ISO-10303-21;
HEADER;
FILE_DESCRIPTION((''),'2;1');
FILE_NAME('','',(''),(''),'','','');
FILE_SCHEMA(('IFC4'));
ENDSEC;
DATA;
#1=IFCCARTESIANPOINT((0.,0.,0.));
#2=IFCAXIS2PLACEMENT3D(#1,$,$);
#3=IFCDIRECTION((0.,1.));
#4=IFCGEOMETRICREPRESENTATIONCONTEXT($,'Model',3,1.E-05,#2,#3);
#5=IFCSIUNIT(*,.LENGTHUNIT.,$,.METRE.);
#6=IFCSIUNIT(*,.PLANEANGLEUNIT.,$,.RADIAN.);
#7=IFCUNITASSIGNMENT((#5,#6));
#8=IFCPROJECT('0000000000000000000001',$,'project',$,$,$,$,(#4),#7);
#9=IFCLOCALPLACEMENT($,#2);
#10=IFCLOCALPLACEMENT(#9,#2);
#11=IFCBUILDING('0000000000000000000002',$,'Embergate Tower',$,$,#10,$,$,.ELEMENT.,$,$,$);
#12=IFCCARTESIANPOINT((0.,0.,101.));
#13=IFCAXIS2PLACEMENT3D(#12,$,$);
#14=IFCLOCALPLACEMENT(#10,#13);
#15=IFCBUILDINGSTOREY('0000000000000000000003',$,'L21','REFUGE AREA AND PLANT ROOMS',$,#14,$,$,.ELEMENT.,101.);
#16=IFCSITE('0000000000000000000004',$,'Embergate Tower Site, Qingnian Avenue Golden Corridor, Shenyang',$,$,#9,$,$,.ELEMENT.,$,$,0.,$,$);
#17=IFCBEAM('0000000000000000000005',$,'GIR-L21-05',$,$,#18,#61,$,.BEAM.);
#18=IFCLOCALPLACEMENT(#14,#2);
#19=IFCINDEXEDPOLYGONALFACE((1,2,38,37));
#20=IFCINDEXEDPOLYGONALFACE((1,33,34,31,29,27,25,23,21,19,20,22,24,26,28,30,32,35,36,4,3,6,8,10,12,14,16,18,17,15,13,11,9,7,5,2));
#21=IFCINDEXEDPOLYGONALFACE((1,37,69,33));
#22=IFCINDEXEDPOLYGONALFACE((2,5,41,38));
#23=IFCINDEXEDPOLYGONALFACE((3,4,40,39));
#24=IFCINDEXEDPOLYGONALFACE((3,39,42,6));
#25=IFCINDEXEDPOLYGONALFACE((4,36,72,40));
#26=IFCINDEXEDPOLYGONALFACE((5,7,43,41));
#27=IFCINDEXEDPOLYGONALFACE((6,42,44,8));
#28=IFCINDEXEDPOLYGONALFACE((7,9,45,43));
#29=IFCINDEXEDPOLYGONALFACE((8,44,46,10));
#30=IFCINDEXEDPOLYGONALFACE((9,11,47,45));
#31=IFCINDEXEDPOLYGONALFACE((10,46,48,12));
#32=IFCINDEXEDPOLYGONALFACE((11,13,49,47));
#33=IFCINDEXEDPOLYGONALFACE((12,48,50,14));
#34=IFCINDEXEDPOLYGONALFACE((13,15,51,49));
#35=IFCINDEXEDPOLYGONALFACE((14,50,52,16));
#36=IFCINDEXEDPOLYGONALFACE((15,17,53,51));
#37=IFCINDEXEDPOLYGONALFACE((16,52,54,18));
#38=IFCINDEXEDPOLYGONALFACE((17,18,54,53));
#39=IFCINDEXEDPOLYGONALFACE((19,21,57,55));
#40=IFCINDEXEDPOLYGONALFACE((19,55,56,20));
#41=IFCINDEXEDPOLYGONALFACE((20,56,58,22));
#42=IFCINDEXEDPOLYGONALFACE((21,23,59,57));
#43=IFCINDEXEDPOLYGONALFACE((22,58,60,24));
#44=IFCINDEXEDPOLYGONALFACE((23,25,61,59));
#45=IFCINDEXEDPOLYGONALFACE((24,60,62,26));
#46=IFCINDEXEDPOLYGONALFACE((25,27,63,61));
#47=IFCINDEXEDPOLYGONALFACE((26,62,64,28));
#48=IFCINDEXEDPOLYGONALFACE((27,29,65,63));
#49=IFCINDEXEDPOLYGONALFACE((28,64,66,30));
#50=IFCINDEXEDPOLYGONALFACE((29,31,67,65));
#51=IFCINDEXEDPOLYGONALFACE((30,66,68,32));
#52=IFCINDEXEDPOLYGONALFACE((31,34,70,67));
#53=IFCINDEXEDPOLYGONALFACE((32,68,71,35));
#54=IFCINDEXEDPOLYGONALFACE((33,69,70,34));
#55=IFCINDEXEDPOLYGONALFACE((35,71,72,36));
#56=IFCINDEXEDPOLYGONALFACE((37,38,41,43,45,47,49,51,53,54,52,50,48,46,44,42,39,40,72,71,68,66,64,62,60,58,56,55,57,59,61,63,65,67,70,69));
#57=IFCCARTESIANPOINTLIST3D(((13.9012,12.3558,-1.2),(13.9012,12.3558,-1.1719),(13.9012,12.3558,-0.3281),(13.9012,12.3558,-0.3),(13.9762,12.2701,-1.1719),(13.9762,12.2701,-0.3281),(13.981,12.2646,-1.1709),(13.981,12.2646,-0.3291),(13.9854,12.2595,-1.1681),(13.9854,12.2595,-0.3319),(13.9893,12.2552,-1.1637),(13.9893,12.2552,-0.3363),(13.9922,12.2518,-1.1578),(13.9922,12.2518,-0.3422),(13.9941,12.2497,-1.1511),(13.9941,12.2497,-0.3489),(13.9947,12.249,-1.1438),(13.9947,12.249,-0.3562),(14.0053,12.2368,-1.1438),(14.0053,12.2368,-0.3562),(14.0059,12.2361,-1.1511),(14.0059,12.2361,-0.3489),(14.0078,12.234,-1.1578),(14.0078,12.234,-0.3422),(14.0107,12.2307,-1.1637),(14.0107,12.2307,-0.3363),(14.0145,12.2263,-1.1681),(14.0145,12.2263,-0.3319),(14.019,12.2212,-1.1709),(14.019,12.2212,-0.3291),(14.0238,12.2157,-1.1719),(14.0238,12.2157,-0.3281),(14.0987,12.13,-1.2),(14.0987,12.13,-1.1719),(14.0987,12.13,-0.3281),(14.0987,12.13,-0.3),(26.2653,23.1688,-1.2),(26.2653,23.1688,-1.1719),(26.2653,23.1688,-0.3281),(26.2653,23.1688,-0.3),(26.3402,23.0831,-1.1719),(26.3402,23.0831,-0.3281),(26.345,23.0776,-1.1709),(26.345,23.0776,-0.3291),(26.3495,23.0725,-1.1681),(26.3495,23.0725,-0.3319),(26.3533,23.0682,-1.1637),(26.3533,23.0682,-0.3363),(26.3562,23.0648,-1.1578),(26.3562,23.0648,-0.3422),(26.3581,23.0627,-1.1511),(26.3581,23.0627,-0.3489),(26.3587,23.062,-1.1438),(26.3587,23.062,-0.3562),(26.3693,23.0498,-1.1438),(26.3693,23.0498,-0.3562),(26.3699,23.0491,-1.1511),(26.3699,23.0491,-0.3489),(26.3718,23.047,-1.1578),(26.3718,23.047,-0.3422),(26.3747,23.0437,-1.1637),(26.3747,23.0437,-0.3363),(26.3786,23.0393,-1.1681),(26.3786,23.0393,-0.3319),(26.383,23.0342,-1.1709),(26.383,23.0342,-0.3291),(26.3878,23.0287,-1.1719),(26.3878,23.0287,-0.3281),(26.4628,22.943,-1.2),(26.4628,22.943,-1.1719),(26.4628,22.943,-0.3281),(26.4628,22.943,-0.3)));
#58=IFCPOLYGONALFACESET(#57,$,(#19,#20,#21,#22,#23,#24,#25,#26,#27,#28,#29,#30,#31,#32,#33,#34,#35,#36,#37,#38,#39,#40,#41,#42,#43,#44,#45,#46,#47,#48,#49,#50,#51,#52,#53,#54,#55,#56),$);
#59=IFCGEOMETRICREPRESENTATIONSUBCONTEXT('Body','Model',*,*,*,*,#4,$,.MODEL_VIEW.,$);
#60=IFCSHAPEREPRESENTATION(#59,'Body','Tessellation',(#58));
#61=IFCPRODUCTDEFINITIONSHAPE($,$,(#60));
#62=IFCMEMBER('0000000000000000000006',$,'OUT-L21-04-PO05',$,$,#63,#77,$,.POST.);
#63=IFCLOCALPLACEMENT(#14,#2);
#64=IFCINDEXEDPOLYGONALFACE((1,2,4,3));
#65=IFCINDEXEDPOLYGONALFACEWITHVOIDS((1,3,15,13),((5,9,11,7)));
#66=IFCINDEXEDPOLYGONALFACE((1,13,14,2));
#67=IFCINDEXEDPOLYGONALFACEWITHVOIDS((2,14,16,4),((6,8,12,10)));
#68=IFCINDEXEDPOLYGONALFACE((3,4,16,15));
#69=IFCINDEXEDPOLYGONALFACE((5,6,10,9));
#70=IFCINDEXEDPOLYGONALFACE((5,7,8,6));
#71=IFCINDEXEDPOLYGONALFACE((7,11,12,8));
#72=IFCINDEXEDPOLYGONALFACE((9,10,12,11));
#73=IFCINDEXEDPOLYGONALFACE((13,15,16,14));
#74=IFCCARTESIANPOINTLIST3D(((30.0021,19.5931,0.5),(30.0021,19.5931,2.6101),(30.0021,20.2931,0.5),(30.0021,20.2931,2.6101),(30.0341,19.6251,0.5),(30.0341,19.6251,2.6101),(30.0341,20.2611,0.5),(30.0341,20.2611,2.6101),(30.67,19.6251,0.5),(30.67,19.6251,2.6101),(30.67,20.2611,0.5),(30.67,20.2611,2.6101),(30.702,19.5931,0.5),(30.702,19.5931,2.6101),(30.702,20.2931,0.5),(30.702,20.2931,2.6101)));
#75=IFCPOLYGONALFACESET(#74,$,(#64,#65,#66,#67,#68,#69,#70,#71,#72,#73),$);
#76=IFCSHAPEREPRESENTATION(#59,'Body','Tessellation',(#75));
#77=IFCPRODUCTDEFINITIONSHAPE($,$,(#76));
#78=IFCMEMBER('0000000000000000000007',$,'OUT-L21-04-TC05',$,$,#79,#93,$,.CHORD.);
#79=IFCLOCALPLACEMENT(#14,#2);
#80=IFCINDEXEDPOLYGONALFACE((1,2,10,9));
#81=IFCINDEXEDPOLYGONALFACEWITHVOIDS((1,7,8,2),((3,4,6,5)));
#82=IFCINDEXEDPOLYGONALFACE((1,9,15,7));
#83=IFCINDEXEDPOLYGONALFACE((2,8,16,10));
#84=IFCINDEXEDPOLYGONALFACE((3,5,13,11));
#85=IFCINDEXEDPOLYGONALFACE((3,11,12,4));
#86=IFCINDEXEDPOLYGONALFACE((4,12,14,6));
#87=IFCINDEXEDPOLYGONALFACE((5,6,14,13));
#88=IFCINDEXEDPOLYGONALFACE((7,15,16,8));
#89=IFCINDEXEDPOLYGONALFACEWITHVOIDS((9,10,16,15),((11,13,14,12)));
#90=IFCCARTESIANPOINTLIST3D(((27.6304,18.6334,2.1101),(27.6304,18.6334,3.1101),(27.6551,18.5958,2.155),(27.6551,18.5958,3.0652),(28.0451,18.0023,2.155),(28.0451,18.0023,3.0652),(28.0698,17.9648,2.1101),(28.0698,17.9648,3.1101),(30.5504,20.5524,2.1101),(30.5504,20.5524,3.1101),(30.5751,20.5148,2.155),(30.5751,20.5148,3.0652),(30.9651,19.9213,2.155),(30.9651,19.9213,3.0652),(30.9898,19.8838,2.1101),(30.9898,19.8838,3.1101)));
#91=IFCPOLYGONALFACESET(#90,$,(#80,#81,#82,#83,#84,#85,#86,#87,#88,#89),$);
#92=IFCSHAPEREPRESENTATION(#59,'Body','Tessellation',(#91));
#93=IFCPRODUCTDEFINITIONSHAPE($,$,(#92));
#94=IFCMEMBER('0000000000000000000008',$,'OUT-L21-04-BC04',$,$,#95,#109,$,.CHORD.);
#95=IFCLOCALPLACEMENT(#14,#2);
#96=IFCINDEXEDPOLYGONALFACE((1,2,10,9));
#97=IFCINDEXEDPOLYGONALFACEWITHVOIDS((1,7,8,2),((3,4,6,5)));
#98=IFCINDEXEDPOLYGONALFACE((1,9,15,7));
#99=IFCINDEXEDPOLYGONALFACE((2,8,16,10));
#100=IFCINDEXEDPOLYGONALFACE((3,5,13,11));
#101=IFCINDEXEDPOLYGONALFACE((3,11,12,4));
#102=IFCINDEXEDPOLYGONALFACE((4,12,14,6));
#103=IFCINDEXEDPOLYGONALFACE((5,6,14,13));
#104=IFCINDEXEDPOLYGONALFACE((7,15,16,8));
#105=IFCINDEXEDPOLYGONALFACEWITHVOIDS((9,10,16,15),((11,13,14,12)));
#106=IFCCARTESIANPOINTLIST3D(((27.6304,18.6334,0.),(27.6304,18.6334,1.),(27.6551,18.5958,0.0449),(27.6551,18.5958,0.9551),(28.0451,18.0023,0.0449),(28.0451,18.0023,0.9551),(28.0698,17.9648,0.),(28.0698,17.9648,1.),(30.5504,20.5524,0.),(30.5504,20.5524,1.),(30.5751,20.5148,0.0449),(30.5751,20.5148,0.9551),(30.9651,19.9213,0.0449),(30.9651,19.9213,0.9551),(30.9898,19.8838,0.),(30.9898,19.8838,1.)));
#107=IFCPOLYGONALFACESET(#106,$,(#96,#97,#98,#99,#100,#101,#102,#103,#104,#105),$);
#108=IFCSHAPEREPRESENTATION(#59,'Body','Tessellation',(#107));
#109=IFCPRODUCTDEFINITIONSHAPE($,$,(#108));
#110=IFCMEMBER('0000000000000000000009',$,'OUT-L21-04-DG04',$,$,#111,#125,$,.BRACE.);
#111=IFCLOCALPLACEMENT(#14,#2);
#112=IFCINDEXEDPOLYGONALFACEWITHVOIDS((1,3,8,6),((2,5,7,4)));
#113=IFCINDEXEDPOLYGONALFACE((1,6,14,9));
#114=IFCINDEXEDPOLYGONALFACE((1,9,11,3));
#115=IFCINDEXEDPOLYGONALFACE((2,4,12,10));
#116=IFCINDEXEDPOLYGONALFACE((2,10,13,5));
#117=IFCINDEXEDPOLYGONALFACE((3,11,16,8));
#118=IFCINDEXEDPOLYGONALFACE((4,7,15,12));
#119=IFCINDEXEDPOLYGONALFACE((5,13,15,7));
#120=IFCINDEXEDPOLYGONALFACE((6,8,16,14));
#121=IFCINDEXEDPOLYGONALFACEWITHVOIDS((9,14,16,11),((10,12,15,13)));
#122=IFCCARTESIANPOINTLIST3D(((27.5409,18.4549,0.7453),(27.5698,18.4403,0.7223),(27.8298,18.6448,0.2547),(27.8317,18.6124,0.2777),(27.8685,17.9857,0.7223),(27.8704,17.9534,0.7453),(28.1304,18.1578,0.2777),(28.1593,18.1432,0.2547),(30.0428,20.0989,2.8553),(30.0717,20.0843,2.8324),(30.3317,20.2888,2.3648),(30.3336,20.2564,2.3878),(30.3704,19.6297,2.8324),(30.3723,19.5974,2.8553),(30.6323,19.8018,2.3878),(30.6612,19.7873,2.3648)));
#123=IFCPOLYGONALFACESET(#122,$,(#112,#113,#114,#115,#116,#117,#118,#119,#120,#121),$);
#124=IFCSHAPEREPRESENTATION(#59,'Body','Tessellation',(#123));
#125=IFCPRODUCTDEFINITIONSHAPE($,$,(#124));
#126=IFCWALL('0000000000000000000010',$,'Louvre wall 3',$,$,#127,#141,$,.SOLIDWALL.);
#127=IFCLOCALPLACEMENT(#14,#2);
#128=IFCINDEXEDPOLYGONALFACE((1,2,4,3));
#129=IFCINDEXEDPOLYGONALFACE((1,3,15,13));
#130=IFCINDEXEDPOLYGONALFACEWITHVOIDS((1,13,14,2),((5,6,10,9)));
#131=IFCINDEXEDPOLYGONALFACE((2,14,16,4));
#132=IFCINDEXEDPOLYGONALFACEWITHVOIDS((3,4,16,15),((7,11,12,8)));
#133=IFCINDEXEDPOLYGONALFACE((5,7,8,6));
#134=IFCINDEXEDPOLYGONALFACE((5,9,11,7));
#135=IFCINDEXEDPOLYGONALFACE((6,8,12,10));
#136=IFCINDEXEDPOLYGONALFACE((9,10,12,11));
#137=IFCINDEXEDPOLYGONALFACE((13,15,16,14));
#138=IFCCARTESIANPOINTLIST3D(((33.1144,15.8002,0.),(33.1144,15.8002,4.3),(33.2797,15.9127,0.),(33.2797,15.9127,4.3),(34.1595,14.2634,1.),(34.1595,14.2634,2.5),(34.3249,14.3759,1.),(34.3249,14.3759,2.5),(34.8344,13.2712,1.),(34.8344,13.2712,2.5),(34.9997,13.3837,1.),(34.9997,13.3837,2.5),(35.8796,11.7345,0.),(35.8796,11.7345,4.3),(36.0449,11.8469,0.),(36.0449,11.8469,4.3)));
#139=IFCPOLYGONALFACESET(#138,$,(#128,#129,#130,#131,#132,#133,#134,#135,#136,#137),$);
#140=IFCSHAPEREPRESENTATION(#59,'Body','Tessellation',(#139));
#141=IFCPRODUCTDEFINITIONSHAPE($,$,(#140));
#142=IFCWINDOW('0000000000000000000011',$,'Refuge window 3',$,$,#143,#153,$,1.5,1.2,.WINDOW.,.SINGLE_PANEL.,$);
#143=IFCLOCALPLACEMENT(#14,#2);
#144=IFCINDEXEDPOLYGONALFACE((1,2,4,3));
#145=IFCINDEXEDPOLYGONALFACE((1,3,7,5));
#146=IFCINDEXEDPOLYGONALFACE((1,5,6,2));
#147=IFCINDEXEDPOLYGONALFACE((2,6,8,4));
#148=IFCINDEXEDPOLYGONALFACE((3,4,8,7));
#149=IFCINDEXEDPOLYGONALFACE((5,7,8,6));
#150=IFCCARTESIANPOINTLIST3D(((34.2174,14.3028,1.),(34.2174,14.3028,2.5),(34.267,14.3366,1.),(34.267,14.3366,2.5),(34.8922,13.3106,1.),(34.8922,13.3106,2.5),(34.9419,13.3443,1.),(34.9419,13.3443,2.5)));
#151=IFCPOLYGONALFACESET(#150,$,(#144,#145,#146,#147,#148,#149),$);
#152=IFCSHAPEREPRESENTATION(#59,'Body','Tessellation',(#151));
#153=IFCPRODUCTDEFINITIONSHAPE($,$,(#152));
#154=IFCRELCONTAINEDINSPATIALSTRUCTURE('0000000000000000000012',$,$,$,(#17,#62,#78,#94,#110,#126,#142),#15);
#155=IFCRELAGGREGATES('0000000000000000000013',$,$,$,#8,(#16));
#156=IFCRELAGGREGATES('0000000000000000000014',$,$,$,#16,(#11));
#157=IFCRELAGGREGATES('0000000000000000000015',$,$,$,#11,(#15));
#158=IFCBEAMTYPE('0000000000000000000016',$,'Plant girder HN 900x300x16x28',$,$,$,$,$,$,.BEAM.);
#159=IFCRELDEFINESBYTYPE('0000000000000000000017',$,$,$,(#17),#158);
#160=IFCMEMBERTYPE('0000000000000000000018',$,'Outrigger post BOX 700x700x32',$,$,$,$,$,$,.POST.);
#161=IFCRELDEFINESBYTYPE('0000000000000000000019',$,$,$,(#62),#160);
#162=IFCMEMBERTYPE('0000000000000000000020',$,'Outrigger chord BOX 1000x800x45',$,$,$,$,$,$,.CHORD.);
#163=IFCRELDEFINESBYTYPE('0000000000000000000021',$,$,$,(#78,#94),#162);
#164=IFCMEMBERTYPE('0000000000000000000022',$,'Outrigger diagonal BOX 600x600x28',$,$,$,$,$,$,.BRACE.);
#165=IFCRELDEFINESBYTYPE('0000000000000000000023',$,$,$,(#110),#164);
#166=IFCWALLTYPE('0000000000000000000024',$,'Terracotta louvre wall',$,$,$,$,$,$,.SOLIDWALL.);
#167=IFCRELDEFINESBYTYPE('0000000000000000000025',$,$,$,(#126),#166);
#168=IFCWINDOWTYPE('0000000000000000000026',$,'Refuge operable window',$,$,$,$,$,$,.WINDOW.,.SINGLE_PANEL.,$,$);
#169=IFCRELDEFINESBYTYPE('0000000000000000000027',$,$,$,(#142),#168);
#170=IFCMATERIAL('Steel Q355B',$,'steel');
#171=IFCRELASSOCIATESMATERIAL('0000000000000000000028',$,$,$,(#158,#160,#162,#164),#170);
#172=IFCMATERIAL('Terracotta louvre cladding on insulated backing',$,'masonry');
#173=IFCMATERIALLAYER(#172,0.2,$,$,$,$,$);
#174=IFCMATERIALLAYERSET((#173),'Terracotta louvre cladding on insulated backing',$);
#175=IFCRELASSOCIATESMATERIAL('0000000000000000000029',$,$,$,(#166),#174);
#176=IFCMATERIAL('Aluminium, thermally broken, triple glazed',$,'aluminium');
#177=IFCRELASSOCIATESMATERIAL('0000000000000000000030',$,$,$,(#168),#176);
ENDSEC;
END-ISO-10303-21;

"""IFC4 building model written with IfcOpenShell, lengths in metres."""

from ifc_helpers import new_model, si_unit, direction, frame, frame_2d, origin, origin_2d, place, context, subcontext, project, spatial, rectangle, hollow_rectangle, i_section, extrude, source, transform, mapped, material, layer, layer_set, material_profile, profile_set, type_object, element, fill, save


model = new_model("IFC4")

# Units and contexts
model_context = context("Model", 3, precision=1e-05, world=origin(), true_north=direction((0.0, 1.0)))
body_context = subcontext(model_context, "Body", "Model", "MODEL_VIEW")
ifc_project = project(units=[si_unit("LENGTHUNIT", "METRE"), si_unit("PLANEANGLEUNIT", "RADIAN")], contexts=[model_context])

# Site, building, storey
site_placement = place(None, origin())
site = spatial("IfcSite", under=ifc_project, at=site_placement, Name="Embergate Tower Site, Qingnian Avenue Golden Corridor, Shenyang", CompositionType="ELEMENT", RefElevation=0.0)
building_placement = place(site_placement, origin())
building = spatial("IfcBuilding", under=site, at=building_placement, Name="Embergate Tower", CompositionType="ELEMENT")
storey_placement = place(building_placement, frame((0.0, 0.0, 101.0)))
storey = spatial("IfcBuildingStorey", under=building, at=storey_placement, Name="L21", Description="REFUGE AREA AND PLANT ROOMS", CompositionType="ELEMENT", Elevation=101.0)

# Beam
ifc_material_1 = material(Name="Steel Q355B", Category="steel")
ifc_material_profile_1 = material_profile(ifc_material_1, i_section(OverallWidth=0.3, OverallDepth=0.8999, WebThickness=0.0161, FlangeThickness=0.0281, FilletRadius=0.0281, at=origin_2d()), Name="HN 900x300x16x28")
ifc_profile_set_1 = profile_set([ifc_material_profile_1], Name="Steel Q355 grade B")
beam_type_1 = type_object("IfcBeamType", Name="Plant girder HN 900x300x16x28", PredefinedType="BEAM", material=ifc_profile_set_1)
shared_shape_1 = source(origin(), body_context, "Body", "SweptSolid", [
    extrude(i_section(OverallWidth=0.3, OverallDepth=0.8999, WebThickness=0.0161, FlangeThickness=0.0281, FilletRadius=0.0281, at=origin_2d()), origin(), (0.0, 0.0, 1.0), 16.4253),
])
beam_1_placement = place(storey_placement, frame((26.364, 23.0559, -0.75), z_axis=(-0.752743, -0.658314, 0.0), x_axis=(0.658314, -0.752743, 0.0)))
element("IfcBeam", 1, at=beam_1_placement, inside=storey, type_object=beam_type_1, Name="GIR-L21-05", PredefinedType="BEAM", context=body_context, shape_type="MappedRepresentation", body=[
    mapped(shared_shape_1, transform((0.0, 0.0, 0.0))),
])

# Members
ifc_material_profile_2 = material_profile(ifc_material_1, hollow_rectangle(XDim=0.7, YDim=0.7, WallThickness=0.032, at=origin_2d()), Name="BOX 700x700x32")
ifc_profile_set_2 = profile_set([ifc_material_profile_2], Name="Steel Q355 grade B")
member_type_1 = type_object("IfcMemberType", Name="Outrigger post BOX 700x700x32", PredefinedType="POST", material=ifc_profile_set_2)
shared_shape_2 = source(origin(), body_context, "Body", "SweptSolid", [
    extrude(hollow_rectangle(XDim=0.7, YDim=0.7, WallThickness=0.032, at=origin_2d()), origin(), (0.0, 0.0, 1.0), 2.1101),
])
member_1_placement = place(storey_placement, frame((30.3521, 19.9431, 0.5), z_axis=(0.0, 0.0, 1.0), x_axis=(1.0, 0.0, 0.0)))
element("IfcMember", 2, at=member_1_placement, inside=storey, type_object=member_type_1, Name="OUT-L21-04-PO05", PredefinedType="POST", context=body_context, shape_type="MappedRepresentation", body=[
    mapped(shared_shape_2, transform((0.0, 0.0, 0.0))),
])
ifc_material_profile_3 = material_profile(ifc_material_1, hollow_rectangle(XDim=0.8, YDim=1.0, WallThickness=0.0449, at=origin_2d()), Name="BOX 1000x800x45")
ifc_profile_set_3 = profile_set([ifc_material_profile_3], Name="Steel Q355 grade B")
member_type_2 = type_object("IfcMemberType", Name="Outrigger chord BOX 1000x800x45", PredefinedType="CHORD", material=ifc_profile_set_3)
shared_shape_3 = source(origin(), body_context, "Body", "SweptSolid", [
    extrude(hollow_rectangle(XDim=0.8, YDim=1.0, WallThickness=0.0449, at=origin_2d()), origin(), (0.0, 0.0, 1.0), 3.4941),
])
for number, where, z_axis, x_axis, name in (
    (3, (27.8501, 18.2991, 2.6101), (0.835687, 0.549206, 0.0), (-0.549206, 0.835687, 0.0), "OUT-L21-04-TC05"),
    (4, (27.8501, 18.2991, 0.5), (0.835687, 0.549206, 0.0), (-0.549206, 0.835687, 0.0), "OUT-L21-04-BC04"),
):
    element("IfcMember", number, at=place(storey_placement, frame(where, z_axis=z_axis, x_axis=x_axis)), inside=storey, type_object=member_type_2, Name=name, PredefinedType="CHORD", context=body_context, shape_type="MappedRepresentation", body=[
        mapped(shared_shape_3, transform((0.0, 0.0, 0.0))),
    ])
ifc_material_profile_4 = material_profile(ifc_material_1, hollow_rectangle(XDim=0.6001, YDim=0.6001, WallThickness=0.0281, at=origin_2d()), Name="BOX 600x600x28")
ifc_profile_set_4 = profile_set([ifc_material_profile_4], Name="Steel Q355 grade B")
member_type_3 = type_object("IfcMemberType", Name="Outrigger diagonal BOX 600x600x28", PredefinedType="BRACE", material=ifc_profile_set_4)
shared_shape_4 = source(origin(), body_context, "Body", "SweptSolid", [
    extrude(hollow_rectangle(XDim=0.6001, YDim=0.6001, WallThickness=0.0281, at=origin_2d()), origin(), (0.0, 0.0, 1.0), 3.6626),
])
member_2_placement = place(storey_placement, frame((27.8501, 18.2991, 0.5), z_axis=(0.683094, 0.448864, 0.576111), x_axis=(-0.549155, 0.83572, 0.0)))
element("IfcMember", 5, at=member_2_placement, inside=storey, type_object=member_type_3, Name="OUT-L21-04-DG04", PredefinedType="BRACE", context=body_context, shape_type="MappedRepresentation", body=[
    mapped(shared_shape_4, transform((0.0, 0.0, 0.0))),
])

# Wall, opening, window
ifc_material_2 = material(Name="Terracotta louvre cladding on insulated backing", Category="masonry")
ifc_layer_1 = layer(ifc_material_2, 0.2)
ifc_layer_set_1 = layer_set([ifc_layer_1], Name="Terracotta louvre cladding on insulated backing")
wall_type_1 = type_object("IfcWallType", Name="Terracotta louvre wall", PredefinedType="SOLIDWALL", material=ifc_layer_set_1)
shared_shape_5 = source(origin(), body_context, "Body", "SweptSolid", [
    extrude(rectangle(XDim=4.917, YDim=0.2, at=frame_2d((2.4585, 0.0))), origin(), (0.0, 0.0, 1.0), 4.3),
])
wall_1_placement = place(storey_placement, frame((33.197, 15.8564, 0.0), z_axis=(0.0, 0.0, 1.0), x_axis=(0.562377, -0.826881, 0.0)))
wall_1 = element("IfcWall", 6, at=wall_1_placement, inside=storey, type_object=wall_type_1, Name="Louvre wall 3", PredefinedType="SOLIDWALL", context=body_context, shape_type="MappedRepresentation", body=[
    mapped(shared_shape_5, transform((0.0, 0.0, 0.0))),
])
shared_shape_6 = source(origin(), body_context, "Body", "SweptSolid", [
    extrude(rectangle(XDim=1.2, YDim=1.5, at=frame_2d((0.6001, 0.75))), frame((0.0, 0.1099, 0.0), z_axis=(0.0, -1.0, 0.0), x_axis=(1.0, 0.0, 0.0)), (0.0, 0.0, 1.0), 0.22),
])
opening_1_placement = place(wall_1_placement, frame((1.8584, 0.0, 1.0)))
opening_1 = element("IfcOpeningElement", 7, at=opening_1_placement, cuts=wall_1, PredefinedType="OPENING", context=body_context, shape_type="MappedRepresentation", body=[
    mapped(shared_shape_6, transform((0.0, 0.0, 0.0))),
])
ifc_material_3 = material(Name="Aluminium, thermally broken, triple glazed", Category="aluminium")
window_type = type_object("IfcWindowType", Name="Refuge operable window", PartitioningType="SINGLE_PANEL", PredefinedType="WINDOW", material=ifc_material_3)
shared_shape_7 = source(origin(), body_context, "Body", "SweptSolid", [
    extrude(rectangle(XDim=1.2, YDim=1.5, at=frame_2d((0.6001, 0.75))), frame((0.0, 0.03, 0.0), z_axis=(0.0, -1.0, 0.0), x_axis=(1.0, 0.0, 0.0)), (0.0, 0.0, 1.0), 0.0601),
])
window_1_placement = place(opening_1_placement, origin())
window_1 = element("IfcWindow", 8, at=window_1_placement, inside=storey, type_object=window_type, Name="Refuge window 3", OverallHeight=1.5, OverallWidth=1.2, PartitioningType="SINGLE_PANEL", PredefinedType="WINDOW", context=body_context, shape_type="MappedRepresentation", body=[
    mapped(shared_shape_7, transform((0.0, 0.0, 0.0))),
])
fill(opening_1, window_1)

save(model, "model.ifc")
